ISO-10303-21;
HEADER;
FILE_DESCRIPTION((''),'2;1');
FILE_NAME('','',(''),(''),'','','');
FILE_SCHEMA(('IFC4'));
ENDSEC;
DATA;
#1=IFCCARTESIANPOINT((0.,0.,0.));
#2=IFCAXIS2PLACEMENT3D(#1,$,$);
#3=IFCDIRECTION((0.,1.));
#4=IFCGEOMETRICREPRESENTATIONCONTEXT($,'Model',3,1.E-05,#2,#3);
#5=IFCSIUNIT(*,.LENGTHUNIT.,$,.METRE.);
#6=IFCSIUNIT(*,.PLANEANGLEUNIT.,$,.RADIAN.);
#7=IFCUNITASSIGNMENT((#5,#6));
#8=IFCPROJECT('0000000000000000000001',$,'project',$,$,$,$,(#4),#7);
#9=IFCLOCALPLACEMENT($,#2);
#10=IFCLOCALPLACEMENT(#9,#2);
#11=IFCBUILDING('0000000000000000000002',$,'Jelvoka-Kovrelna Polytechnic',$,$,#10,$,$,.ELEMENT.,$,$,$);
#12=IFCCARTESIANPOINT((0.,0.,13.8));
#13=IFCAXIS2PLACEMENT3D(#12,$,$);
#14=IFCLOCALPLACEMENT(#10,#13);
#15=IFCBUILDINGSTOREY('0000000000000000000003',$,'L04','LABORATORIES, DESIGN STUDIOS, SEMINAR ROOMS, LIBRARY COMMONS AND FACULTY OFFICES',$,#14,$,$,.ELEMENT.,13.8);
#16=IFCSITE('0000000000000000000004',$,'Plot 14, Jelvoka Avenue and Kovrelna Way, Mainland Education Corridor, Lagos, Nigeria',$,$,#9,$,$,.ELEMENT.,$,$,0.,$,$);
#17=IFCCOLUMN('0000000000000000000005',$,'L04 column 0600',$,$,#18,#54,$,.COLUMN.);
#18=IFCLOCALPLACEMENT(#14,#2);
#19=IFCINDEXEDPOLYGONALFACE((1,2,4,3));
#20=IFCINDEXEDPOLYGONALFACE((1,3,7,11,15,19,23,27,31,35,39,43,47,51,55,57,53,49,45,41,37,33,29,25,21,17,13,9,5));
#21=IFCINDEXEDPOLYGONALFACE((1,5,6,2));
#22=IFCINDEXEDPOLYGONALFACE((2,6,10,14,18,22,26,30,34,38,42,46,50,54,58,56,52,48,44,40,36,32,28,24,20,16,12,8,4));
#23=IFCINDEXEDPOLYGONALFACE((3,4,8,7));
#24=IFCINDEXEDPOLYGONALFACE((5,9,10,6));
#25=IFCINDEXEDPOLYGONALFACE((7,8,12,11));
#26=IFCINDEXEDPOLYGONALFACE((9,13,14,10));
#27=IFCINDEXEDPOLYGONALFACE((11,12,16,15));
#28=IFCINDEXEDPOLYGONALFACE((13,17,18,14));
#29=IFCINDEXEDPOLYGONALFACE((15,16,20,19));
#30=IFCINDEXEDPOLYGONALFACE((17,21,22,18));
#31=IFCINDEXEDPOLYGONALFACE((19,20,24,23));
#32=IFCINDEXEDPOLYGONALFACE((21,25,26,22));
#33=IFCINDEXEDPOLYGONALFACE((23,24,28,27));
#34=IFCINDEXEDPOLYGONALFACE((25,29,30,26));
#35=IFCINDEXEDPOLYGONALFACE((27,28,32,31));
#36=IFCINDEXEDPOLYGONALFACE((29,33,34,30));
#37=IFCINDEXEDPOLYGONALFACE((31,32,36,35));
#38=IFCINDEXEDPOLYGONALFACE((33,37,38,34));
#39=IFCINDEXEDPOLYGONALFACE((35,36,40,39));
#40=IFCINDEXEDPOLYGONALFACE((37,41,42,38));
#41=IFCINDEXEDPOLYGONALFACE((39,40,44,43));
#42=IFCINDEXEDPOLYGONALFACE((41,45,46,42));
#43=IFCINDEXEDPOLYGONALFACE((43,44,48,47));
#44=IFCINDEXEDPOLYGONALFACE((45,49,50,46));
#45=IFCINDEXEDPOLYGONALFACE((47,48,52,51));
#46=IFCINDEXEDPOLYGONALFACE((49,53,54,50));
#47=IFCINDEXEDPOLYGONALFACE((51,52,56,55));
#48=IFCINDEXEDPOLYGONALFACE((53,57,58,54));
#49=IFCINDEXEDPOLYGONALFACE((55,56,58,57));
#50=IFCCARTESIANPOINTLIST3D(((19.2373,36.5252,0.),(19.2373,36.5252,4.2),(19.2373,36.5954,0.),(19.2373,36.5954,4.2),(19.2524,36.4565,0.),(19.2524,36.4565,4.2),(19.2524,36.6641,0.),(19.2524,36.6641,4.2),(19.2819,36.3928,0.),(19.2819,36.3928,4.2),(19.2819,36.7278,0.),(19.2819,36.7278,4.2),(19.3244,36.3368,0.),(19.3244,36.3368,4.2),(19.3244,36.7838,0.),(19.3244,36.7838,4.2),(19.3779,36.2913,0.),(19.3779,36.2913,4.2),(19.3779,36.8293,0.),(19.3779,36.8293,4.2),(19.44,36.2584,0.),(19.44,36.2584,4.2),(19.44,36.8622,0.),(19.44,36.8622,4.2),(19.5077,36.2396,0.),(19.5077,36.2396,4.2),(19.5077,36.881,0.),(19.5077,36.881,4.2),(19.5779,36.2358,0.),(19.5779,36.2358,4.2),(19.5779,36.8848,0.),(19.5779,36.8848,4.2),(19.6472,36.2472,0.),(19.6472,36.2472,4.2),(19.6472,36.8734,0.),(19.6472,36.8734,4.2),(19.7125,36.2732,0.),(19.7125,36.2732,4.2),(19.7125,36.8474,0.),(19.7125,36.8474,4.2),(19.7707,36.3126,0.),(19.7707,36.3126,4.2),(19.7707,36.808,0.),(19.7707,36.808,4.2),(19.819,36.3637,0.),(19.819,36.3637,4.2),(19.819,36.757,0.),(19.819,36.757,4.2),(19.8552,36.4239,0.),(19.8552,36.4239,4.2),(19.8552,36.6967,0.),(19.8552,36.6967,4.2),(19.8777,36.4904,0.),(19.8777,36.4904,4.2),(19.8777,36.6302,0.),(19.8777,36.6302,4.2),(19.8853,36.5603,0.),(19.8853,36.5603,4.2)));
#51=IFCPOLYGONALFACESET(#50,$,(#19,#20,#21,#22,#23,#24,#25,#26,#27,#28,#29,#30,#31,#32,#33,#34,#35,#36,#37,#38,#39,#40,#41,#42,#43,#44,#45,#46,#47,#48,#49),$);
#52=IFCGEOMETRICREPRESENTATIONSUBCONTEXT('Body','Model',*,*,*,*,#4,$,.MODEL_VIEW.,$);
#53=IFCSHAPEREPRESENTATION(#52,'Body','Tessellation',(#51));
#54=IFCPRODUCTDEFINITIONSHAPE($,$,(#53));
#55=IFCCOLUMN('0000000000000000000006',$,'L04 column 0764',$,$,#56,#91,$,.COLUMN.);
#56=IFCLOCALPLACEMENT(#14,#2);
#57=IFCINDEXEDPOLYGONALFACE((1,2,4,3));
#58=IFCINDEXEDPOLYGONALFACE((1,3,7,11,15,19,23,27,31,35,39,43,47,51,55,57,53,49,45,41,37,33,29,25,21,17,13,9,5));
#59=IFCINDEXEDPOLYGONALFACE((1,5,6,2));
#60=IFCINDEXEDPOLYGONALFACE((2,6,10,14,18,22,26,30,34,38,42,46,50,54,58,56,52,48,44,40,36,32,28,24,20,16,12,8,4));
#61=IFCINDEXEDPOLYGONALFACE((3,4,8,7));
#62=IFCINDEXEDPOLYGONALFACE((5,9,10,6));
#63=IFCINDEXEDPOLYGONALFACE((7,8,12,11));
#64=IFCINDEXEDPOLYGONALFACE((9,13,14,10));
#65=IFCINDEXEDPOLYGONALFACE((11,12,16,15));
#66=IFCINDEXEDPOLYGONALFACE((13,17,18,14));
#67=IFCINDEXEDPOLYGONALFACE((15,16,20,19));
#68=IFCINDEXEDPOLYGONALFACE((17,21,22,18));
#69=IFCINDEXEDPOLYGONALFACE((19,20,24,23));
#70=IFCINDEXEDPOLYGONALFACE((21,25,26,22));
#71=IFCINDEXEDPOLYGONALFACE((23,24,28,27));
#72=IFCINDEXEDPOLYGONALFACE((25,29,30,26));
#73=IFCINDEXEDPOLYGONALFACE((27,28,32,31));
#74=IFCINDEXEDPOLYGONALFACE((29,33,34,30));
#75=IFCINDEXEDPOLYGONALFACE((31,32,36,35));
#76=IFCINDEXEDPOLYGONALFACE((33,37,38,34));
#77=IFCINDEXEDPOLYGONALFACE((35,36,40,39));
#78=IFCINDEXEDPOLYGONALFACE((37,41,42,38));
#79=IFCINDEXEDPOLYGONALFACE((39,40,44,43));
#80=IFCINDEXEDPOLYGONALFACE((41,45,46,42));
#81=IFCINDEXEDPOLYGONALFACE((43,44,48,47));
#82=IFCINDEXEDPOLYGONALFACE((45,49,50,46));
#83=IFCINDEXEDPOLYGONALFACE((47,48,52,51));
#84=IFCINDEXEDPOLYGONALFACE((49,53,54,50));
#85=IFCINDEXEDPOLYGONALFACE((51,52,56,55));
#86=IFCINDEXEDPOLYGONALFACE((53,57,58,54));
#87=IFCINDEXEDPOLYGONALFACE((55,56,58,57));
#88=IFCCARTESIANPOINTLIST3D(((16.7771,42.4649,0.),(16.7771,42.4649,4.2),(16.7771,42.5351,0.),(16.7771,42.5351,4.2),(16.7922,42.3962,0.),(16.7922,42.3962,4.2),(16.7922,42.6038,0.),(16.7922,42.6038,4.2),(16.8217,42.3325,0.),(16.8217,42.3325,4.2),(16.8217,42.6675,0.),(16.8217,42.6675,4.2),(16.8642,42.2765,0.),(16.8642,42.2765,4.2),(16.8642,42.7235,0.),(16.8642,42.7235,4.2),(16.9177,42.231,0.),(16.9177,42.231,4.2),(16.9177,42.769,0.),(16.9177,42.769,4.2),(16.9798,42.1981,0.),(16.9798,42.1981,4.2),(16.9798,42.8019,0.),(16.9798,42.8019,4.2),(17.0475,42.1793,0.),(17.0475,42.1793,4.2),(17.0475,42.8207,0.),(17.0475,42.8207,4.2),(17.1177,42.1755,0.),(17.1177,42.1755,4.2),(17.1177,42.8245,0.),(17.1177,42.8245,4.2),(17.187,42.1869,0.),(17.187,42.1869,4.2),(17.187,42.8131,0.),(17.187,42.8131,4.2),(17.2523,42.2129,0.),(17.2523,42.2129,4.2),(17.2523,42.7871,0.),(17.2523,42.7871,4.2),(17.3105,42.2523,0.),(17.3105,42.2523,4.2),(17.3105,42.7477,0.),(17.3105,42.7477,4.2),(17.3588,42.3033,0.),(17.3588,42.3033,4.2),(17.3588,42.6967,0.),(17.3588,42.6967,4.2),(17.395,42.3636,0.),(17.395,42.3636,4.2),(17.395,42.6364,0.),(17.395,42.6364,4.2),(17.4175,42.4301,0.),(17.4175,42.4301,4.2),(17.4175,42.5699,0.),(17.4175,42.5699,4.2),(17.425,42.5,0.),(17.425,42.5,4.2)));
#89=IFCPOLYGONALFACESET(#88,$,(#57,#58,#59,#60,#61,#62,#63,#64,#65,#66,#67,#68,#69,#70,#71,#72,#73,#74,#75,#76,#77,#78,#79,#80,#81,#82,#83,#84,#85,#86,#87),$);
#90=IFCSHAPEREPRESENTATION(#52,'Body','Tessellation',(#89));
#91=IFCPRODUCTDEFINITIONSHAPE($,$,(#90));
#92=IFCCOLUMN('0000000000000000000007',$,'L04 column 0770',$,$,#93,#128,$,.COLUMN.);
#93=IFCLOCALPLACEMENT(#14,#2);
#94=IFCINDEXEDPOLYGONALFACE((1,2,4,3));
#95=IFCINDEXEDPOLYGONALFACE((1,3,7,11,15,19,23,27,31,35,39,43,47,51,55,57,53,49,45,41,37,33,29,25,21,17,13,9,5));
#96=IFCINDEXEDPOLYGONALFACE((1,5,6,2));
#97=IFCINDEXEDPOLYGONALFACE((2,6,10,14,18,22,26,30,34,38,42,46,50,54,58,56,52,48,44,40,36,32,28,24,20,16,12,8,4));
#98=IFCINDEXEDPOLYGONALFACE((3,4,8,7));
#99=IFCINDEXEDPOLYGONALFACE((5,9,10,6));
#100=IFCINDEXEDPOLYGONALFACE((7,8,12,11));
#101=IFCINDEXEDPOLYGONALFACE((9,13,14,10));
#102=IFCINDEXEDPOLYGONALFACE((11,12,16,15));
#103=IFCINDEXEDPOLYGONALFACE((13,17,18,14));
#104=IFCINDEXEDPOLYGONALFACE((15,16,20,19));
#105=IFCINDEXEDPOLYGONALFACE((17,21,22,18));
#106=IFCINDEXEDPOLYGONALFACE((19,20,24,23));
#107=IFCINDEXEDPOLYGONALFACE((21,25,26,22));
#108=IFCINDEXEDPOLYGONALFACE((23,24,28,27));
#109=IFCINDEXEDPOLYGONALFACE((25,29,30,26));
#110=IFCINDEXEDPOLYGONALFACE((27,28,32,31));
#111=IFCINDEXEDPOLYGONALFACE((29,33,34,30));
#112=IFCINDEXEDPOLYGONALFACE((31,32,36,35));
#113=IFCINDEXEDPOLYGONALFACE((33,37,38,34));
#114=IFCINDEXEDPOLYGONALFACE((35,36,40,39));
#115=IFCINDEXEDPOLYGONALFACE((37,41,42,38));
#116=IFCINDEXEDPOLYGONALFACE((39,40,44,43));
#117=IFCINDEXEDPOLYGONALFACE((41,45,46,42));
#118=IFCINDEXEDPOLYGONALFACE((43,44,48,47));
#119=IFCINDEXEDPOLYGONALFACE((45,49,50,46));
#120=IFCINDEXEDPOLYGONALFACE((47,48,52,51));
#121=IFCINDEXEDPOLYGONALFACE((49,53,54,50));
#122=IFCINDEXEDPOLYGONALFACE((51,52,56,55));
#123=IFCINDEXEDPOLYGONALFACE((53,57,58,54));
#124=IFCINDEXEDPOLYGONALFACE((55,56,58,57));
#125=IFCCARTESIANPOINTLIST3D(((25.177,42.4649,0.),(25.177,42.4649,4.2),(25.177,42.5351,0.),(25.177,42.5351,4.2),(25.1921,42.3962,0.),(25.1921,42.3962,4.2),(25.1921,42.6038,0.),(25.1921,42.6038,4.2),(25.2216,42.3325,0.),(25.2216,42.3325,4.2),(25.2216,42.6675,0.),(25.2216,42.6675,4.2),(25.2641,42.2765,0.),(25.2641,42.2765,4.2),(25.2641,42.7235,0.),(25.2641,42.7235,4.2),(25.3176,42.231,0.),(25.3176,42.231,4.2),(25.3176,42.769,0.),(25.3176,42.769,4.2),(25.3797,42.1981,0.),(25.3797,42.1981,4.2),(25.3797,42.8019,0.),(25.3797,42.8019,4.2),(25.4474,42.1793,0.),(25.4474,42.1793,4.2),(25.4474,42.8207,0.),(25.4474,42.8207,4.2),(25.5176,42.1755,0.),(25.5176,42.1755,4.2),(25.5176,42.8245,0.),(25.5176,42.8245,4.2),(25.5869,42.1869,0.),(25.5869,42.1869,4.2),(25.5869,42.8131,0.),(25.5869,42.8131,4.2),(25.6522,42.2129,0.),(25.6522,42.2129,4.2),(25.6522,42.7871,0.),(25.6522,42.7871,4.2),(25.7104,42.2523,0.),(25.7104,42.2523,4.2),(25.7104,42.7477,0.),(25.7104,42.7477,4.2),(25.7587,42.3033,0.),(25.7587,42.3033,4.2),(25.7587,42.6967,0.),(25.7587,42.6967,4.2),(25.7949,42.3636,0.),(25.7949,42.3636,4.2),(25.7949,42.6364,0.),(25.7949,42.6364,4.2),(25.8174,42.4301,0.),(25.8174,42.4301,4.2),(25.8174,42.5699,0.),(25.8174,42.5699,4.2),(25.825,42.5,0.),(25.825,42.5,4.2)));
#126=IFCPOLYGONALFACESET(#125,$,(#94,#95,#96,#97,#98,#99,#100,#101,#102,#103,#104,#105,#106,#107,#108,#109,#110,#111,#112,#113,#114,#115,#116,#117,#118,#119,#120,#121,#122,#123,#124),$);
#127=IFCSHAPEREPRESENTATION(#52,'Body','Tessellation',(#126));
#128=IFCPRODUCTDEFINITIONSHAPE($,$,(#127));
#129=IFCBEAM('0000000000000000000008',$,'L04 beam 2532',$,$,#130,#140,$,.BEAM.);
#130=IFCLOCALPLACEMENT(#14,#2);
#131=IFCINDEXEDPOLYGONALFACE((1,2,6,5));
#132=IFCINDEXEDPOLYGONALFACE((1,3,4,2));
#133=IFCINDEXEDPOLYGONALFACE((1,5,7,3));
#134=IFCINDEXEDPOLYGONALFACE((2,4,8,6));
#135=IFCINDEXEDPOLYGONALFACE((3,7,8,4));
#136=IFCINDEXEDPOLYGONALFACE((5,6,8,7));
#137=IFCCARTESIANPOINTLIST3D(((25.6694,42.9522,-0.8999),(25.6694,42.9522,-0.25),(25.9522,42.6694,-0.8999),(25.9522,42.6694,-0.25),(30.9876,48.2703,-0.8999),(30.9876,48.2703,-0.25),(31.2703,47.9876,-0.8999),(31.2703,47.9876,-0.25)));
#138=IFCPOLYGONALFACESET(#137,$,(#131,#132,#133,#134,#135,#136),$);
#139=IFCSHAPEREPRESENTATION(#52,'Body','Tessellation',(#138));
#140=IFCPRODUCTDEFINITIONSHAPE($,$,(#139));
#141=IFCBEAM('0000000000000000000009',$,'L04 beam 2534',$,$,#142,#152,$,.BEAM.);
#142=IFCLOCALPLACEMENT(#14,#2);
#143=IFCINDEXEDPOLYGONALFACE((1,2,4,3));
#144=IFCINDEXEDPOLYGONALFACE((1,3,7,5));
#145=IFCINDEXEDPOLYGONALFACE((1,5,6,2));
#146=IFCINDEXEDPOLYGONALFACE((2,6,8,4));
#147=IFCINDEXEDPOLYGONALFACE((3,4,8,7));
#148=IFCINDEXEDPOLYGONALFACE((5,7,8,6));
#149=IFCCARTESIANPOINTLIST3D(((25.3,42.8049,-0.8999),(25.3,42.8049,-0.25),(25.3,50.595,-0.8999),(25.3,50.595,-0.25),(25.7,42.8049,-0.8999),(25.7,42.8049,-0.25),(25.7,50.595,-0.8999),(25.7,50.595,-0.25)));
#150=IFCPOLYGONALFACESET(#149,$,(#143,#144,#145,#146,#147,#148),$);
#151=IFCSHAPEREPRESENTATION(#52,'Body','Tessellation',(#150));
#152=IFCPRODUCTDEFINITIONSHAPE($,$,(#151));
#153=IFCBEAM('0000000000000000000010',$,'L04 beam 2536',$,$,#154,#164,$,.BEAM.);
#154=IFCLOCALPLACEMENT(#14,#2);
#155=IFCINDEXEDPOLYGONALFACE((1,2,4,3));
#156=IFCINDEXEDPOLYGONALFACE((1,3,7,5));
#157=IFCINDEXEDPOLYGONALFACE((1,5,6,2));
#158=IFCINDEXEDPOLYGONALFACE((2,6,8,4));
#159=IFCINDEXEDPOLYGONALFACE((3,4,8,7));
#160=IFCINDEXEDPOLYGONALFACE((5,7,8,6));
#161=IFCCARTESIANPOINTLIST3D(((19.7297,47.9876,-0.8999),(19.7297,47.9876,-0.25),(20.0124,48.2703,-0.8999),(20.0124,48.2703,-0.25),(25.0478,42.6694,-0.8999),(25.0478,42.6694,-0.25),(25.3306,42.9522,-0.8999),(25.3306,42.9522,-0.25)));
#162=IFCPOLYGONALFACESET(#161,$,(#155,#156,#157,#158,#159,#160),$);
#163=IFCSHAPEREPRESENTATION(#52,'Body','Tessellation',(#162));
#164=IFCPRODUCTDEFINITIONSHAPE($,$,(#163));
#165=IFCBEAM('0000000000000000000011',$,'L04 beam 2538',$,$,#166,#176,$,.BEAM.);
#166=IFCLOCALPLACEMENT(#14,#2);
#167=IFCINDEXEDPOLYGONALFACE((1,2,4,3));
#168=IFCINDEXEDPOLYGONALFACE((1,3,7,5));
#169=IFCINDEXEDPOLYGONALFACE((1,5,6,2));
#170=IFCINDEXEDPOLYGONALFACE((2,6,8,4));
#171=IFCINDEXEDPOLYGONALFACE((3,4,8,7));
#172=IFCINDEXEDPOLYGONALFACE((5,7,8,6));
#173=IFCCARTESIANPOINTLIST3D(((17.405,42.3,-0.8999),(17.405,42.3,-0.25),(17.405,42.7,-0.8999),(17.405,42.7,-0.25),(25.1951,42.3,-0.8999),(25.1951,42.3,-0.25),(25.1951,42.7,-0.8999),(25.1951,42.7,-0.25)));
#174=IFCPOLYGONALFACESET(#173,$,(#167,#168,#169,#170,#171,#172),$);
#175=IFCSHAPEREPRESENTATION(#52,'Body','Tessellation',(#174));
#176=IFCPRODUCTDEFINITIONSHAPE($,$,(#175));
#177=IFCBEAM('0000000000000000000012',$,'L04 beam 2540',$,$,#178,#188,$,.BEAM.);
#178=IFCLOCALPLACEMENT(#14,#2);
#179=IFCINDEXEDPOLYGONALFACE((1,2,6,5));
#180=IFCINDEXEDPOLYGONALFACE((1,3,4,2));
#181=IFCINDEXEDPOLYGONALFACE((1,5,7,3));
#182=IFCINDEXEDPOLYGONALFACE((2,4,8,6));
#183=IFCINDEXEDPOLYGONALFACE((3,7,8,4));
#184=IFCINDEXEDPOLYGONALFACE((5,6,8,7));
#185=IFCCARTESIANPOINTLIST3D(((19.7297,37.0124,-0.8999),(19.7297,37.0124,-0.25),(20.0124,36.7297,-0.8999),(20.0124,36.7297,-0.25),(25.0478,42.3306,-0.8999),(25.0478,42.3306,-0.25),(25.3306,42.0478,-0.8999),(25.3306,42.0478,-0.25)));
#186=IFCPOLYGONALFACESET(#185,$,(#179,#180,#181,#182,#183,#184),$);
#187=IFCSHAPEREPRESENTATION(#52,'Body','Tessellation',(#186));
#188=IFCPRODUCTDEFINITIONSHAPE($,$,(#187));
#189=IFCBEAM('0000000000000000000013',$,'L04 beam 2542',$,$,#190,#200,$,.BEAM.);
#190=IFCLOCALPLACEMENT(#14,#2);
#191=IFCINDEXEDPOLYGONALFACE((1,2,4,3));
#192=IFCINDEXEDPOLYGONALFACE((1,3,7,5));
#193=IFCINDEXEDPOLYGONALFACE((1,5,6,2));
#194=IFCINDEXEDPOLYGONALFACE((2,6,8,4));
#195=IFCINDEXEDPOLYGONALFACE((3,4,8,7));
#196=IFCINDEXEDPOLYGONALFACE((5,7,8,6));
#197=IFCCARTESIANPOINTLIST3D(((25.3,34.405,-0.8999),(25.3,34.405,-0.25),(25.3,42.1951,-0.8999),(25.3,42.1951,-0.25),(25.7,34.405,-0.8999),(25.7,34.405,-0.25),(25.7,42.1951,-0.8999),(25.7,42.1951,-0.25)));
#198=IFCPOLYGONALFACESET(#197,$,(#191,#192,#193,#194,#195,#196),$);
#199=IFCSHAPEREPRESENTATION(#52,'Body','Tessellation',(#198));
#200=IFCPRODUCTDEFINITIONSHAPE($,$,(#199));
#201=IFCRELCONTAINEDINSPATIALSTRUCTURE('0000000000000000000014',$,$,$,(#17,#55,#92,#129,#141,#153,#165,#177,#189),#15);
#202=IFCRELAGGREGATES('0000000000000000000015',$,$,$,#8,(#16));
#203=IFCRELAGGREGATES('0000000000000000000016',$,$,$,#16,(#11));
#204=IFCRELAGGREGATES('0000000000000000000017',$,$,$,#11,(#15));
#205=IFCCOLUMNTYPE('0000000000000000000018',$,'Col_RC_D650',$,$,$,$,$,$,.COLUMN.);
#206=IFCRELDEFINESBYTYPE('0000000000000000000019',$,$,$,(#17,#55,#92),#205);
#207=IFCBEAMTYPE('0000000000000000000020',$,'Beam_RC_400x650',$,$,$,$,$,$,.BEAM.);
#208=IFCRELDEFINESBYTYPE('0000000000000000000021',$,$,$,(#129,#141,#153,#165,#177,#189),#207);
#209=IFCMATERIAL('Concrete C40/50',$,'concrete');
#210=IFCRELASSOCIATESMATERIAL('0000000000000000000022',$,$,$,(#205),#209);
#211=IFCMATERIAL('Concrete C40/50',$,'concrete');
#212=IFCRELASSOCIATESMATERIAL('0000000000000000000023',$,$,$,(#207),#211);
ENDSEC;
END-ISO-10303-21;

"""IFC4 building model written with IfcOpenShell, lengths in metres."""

from ifc_helpers import new_model, si_unit, direction, frame, origin, origin_2d, place, context, subcontext, project, spatial, rectangle, circle, extrude, material, material_profile, profile_set, type_object, element, save


model = new_model("IFC4")

# Units and contexts
model_context = context("Model", 3, precision=1e-05, world=origin(), true_north=direction((0.0, 1.0)))
body_context = subcontext(model_context, "Body", "Model", "MODEL_VIEW")
ifc_project = project(units=[si_unit("LENGTHUNIT", "METRE"), si_unit("PLANEANGLEUNIT", "RADIAN")], contexts=[model_context])

# Site, building, storey
site_placement = place(None, origin())
site = spatial("IfcSite", under=ifc_project, at=site_placement, Name="Plot 14, Jelvoka Avenue and Kovrelna Way, Mainland Education Corridor, Lagos, Nigeria", CompositionType="ELEMENT", RefElevation=0.0)
building_placement = place(site_placement, origin())
building = spatial("IfcBuilding", under=site, at=building_placement, Name="Jelvoka-Kovrelna Polytechnic", CompositionType="ELEMENT")
storey_placement = place(building_placement, frame((0.0, 0.0, 13.8)))
storey = spatial("IfcBuildingStorey", under=building, at=storey_placement, Name="L04", Description="LABORATORIES, DESIGN STUDIOS, SEMINAR ROOMS, LIBRARY COMMONS AND FACULTY OFFICES", CompositionType="ELEMENT", Elevation=13.8)

# Columns
ifc_material_1 = material(Name="Concrete C40/50", Category="concrete")
ifc_material_profile_1 = material_profile(ifc_material_1, circle(Radius=0.325, at=origin_2d()), Name="RC D650")
ifc_profile_set_1 = profile_set([ifc_material_profile_1], Name="Concrete C40/50")
column_type = type_object("IfcColumnType", Name="Col_RC_D650", PredefinedType="COLUMN", material=ifc_profile_set_1)
for number, where, z_axis, x_axis, name in (
    (1, (19.5603, 36.5603, 0.0), (0.0, 0.0, 1.0), (1.0, 0.0, 0.0), "L04 column 0600"),
    (2, (17.1001, 42.5, 0.0), (0.0, 0.0, 1.0), (1.0, 0.0, 0.0), "L04 column 0764"),
    (3, (25.5, 42.5, 0.0), (0.0, 0.0, 1.0), (1.0, 0.0, 0.0), "L04 column 0770"),
):
    element("IfcColumn", number, at=place(storey_placement, frame(where, z_axis=z_axis, x_axis=x_axis)), inside=storey, type_object=column_type, Name=name, PredefinedType="COLUMN", context=body_context, shape_type="SweptSolid", body=[
        extrude(circle(Radius=0.325, at=origin_2d()), origin(), (0.0, 0.0, 1.0), 4.2),
    ])

# Beams
ifc_material_2 = material(Name="Concrete C40/50", Category="concrete")
ifc_material_profile_2 = material_profile(ifc_material_2, rectangle(XDim=0.3999, YDim=0.6499, at=origin_2d()), Name="RC 400x650")
ifc_profile_set_2 = profile_set([ifc_material_profile_2], Name="Concrete C40/50")
beam_type_1 = type_object("IfcBeamType", Name="Beam_RC_400x650", PredefinedType="BEAM", material=ifc_profile_set_2)
beam_1_placement = place(storey_placement, frame((25.8108, 42.8108, -0.575), z_axis=(0.707107, 0.707107, 0.0), x_axis=(-0.707107, 0.707107, 0.0)))
element("IfcBeam", 4, at=beam_1_placement, inside=storey, type_object=beam_type_1, Name="L04 beam 2532", PredefinedType="BEAM", context=body_context, shape_type="SweptSolid", body=[
    extrude(rectangle(XDim=0.3999, YDim=0.6499, at=origin_2d()), origin(), (0.0, 0.0, 1.0), 7.521),
])
beam_2_placement = place(storey_placement, frame((25.5, 42.8049, -0.575), z_axis=(0.0, 1.0, 0.0), x_axis=(-1.0, 0.0, 0.0)))
element("IfcBeam", 5, at=beam_2_placement, inside=storey, type_object=beam_type_1, Name="L04 beam 2534", PredefinedType="BEAM", context=body_context, shape_type="SweptSolid", body=[
    extrude(rectangle(XDim=0.3999, YDim=0.6499, at=origin_2d()), origin(), (0.0, 0.0, 1.0), 7.79),
])
beam_3_placement = place(storey_placement, frame((25.1892, 42.8108, -0.575), z_axis=(-0.707107, 0.707107, 0.0), x_axis=(-0.707107, -0.707107, 0.0)))
element("IfcBeam", 6, at=beam_3_placement, inside=storey, type_object=beam_type_1, Name="L04 beam 2536", PredefinedType="BEAM", context=body_context, shape_type="SweptSolid", body=[
    extrude(rectangle(XDim=0.3999, YDim=0.6499, at=origin_2d()), origin(), (0.0, 0.0, 1.0), 7.521),
])
beam_4_placement = place(storey_placement, frame((25.1951, 42.5, -0.575), z_axis=(-1.0, 0.0, 0.0), x_axis=(0.0, -1.0, 0.0)))
element("IfcBeam", 7, at=beam_4_placement, inside=storey, type_object=beam_type_1, Name="L04 beam 2538", PredefinedType="BEAM", context=body_context, shape_type="SweptSolid", body=[
    extrude(rectangle(XDim=0.3999, YDim=0.6499, at=origin_2d()), origin(), (0.0, 0.0, 1.0), 7.79),
])
beam_5_placement = place(storey_placement, frame((25.1892, 42.1892, -0.575), z_axis=(-0.707107, -0.707107, 0.0), x_axis=(0.707107, -0.707107, 0.0)))
element("IfcBeam", 8, at=beam_5_placement, inside=storey, type_object=beam_type_1, Name="L04 beam 2540", PredefinedType="BEAM", context=body_context, shape_type="SweptSolid", body=[
    extrude(rectangle(XDim=0.3999, YDim=0.6499, at=origin_2d()), origin(), (0.0, 0.0, 1.0), 7.521),
])
beam_6_placement = place(storey_placement, frame((25.5, 42.1951, -0.575), z_axis=(0.0, -1.0, 0.0), x_axis=(1.0, 0.0, 0.0)))
element("IfcBeam", 9, at=beam_6_placement, inside=storey, type_object=beam_type_1, Name="L04 beam 2542", PredefinedType="BEAM", context=body_context, shape_type="SweptSolid", body=[
    extrude(rectangle(XDim=0.3999, YDim=0.6499, at=origin_2d()), origin(), (0.0, 0.0, 1.0), 7.79),
])

save(model, "model.ifc")
